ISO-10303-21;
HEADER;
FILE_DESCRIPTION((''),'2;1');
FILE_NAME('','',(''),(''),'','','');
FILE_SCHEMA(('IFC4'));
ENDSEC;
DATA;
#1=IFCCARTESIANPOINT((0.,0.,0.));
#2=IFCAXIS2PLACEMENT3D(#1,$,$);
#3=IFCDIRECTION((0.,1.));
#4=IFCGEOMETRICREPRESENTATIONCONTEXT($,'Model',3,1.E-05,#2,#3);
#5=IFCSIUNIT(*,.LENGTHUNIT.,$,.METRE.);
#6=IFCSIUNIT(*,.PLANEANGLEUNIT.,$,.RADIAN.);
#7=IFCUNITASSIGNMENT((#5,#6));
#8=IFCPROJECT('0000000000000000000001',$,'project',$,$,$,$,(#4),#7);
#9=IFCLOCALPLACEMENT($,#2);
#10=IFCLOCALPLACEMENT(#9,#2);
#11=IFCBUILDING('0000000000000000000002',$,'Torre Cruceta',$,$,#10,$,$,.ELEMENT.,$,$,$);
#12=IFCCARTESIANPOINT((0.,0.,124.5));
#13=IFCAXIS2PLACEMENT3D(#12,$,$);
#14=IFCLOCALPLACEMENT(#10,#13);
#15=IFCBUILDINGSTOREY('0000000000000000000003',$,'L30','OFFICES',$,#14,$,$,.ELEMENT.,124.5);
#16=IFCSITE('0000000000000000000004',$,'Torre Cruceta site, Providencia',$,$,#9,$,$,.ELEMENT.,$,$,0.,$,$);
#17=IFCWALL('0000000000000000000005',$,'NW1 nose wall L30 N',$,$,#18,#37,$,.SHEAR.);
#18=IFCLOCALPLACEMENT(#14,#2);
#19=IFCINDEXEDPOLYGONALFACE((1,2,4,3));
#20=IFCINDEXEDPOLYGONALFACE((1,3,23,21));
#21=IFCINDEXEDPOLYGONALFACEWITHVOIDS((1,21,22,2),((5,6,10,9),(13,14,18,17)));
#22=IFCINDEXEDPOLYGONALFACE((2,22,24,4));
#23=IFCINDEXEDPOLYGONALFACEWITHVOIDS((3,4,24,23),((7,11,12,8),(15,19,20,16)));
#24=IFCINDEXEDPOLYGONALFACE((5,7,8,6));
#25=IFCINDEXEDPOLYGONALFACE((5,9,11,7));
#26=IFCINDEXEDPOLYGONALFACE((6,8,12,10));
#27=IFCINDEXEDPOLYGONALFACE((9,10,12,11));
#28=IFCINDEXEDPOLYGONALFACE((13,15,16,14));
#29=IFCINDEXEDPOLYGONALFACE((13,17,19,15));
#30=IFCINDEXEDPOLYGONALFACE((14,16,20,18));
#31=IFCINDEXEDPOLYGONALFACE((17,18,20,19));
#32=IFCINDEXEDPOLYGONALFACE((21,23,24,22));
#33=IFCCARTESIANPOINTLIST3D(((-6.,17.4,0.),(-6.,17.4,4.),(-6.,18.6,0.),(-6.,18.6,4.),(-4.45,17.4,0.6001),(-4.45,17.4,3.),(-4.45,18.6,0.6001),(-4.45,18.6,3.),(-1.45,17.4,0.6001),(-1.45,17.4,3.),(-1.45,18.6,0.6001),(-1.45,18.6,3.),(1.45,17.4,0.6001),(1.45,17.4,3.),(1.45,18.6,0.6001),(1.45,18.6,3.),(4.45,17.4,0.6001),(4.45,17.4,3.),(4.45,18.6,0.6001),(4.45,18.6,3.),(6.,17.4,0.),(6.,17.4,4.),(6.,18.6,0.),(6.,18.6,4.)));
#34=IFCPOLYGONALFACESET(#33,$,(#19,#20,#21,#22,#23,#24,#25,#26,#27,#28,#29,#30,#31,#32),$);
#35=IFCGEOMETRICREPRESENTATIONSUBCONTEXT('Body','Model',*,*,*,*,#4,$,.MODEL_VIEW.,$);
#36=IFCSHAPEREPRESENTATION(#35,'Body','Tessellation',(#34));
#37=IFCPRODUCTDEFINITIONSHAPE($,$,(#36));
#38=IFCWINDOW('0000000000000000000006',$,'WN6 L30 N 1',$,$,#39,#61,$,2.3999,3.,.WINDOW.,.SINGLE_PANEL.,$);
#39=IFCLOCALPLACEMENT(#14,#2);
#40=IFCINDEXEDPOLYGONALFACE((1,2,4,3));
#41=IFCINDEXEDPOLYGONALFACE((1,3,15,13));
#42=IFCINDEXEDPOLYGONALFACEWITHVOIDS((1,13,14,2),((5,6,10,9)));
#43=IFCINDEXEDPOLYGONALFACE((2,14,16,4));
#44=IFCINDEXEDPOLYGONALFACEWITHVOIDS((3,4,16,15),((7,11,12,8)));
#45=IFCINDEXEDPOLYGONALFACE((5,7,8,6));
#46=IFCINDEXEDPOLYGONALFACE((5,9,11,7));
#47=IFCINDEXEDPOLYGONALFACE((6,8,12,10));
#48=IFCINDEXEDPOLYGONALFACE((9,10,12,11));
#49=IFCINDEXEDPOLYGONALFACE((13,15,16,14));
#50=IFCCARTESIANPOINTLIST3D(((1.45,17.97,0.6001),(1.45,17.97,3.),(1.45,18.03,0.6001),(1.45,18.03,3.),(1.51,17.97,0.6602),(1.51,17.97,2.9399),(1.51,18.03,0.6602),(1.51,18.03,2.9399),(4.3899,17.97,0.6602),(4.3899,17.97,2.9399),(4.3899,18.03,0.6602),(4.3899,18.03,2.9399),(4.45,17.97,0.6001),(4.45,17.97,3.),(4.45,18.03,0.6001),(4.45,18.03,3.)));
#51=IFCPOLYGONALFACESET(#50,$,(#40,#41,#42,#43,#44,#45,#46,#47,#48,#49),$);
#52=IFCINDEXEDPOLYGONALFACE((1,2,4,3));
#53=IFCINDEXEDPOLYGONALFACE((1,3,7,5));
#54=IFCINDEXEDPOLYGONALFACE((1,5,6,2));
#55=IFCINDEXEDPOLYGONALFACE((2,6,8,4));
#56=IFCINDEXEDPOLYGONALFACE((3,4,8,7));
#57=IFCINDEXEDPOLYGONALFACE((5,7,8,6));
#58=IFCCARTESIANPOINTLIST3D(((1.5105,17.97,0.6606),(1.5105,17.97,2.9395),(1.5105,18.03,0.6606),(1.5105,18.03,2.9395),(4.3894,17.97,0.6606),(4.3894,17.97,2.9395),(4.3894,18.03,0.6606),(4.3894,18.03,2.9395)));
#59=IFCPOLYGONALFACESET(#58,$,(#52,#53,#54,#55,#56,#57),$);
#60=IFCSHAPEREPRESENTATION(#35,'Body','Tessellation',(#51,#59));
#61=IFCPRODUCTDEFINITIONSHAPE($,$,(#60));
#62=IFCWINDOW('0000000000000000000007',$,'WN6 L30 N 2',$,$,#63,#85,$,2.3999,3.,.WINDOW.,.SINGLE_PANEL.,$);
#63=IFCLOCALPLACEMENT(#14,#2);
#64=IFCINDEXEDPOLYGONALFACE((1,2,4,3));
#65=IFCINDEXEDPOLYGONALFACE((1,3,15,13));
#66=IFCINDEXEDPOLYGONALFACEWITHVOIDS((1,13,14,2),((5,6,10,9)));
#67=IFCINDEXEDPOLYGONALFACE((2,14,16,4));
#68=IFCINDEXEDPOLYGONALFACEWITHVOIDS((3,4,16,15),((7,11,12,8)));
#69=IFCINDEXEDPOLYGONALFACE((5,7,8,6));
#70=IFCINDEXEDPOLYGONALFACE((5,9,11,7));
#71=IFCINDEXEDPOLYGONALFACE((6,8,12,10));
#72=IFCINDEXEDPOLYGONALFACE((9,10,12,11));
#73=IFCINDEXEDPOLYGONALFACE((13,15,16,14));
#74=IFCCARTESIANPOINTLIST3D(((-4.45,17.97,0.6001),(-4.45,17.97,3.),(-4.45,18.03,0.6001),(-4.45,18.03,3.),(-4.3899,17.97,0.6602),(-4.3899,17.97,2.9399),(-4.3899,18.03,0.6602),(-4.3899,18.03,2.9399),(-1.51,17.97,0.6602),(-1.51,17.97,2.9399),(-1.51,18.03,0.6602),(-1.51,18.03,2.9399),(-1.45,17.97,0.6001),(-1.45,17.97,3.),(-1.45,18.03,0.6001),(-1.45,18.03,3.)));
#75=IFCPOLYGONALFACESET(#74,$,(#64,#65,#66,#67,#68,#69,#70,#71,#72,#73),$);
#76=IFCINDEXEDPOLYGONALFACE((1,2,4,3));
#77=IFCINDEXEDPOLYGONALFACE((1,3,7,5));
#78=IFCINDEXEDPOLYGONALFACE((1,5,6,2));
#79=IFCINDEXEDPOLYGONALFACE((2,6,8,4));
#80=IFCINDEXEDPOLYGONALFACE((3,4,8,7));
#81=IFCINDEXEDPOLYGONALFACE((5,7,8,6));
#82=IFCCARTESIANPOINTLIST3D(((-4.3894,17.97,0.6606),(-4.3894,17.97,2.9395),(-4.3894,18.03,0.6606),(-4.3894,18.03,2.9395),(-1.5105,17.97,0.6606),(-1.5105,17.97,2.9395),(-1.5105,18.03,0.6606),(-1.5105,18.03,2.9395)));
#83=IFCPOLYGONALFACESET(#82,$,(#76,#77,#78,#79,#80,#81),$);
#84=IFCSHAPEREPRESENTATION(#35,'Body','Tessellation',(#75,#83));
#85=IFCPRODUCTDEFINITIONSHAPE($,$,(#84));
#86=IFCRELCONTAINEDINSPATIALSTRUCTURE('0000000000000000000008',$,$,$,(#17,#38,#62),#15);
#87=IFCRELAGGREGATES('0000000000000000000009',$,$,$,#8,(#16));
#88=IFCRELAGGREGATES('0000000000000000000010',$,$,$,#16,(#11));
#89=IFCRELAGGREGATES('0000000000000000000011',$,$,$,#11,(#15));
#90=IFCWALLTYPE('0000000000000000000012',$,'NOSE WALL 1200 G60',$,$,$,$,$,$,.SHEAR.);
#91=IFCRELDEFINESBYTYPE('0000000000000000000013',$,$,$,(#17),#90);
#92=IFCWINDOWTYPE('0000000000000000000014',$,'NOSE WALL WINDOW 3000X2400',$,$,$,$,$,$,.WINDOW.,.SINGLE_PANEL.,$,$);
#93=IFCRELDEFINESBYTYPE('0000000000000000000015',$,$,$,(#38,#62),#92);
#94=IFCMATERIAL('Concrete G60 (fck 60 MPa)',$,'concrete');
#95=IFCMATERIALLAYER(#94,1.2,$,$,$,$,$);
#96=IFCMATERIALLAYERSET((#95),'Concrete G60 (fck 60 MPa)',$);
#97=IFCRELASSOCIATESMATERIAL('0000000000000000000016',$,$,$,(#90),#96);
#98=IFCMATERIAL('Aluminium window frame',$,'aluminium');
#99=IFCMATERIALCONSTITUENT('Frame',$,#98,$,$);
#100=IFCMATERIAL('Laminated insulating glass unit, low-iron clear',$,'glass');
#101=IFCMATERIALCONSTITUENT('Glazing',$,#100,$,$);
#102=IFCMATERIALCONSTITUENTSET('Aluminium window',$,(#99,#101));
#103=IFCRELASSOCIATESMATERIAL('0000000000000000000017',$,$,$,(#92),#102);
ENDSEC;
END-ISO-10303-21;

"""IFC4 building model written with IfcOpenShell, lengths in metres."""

from ifc_helpers import new_model, si_unit, direction, frame, frame_2d, origin, place, context, subcontext, project, spatial, rectangle, hollow_rectangle, extrude, material, layer, layer_set, constituent, constituent_set, type_object, element, fill, save


model = new_model("IFC4")

# Units and contexts
model_context = context("Model", 3, precision=1e-05, world=origin(), true_north=direction((0.0, 1.0)))
body_context = subcontext(model_context, "Body", "Model", "MODEL_VIEW")
ifc_project = project(units=[si_unit("LENGTHUNIT", "METRE"), si_unit("PLANEANGLEUNIT", "RADIAN")], contexts=[model_context])

# Site, building, storey
site_placement = place(None, origin())
site = spatial("IfcSite", under=ifc_project, at=site_placement, Name="Torre Cruceta site, Providencia", CompositionType="ELEMENT", RefElevation=0.0)
building_placement = place(site_placement, origin())
building = spatial("IfcBuilding", under=site, at=building_placement, Name="Torre Cruceta", CompositionType="ELEMENT")
storey_placement = place(building_placement, frame((0.0, 0.0, 124.5)))
storey = spatial("IfcBuildingStorey", under=building, at=storey_placement, Name="L30", Description="OFFICES", CompositionType="ELEMENT", Elevation=124.5)

# Wall, openings, windows
ifc_material_1 = material(Name="Concrete G60 (fck 60 MPa)", Category="concrete")
ifc_layer_1 = layer(ifc_material_1, 1.2)
ifc_layer_set_1 = layer_set([ifc_layer_1], Name="Concrete G60 (fck 60 MPa)")
wall_type_1 = type_object("IfcWallType", Name="NOSE WALL 1200 G60", PredefinedType="SHEAR", material=ifc_layer_set_1)
wall_1_placement = place(storey_placement, frame((6.0, 18.0, 0.0), z_axis=(0.0, 0.0, 1.0), x_axis=(-1.0, 0.0, 0.0)))
wall_1 = element("IfcWall", 1, at=wall_1_placement, inside=storey, type_object=wall_type_1, Name="NW1 nose wall L30 N", PredefinedType="SHEAR", context=body_context, shape_type="SweptSolid", body=[
    extrude(rectangle(XDim=12.0, YDim=1.2, at=frame_2d((6.0, 0.0))), origin(), (0.0, 0.0, 1.0), 4.0),
])
opening_1_placement = place(wall_1_placement, frame((1.55, 0.0, 0.6001)))
opening_1 = element("IfcOpeningElement", 2, at=opening_1_placement, cuts=wall_1, PredefinedType="OPENING", context=body_context, shape_type="SweptSolid", body=[
    extrude(rectangle(XDim=3.0, YDim=2.3999, at=frame_2d((1.5, 1.2))), frame((0.0, 0.6099, 0.0), z_axis=(0.0, -1.0, 0.0), x_axis=(1.0, 0.0, 0.0)), (0.0, 0.0, 1.0), 1.22),
])
opening_2_placement = place(wall_1_placement, frame((7.45, 0.0, 0.6001)))
opening_2 = element("IfcOpeningElement", 3, at=opening_2_placement, cuts=wall_1, PredefinedType="OPENING", context=body_context, shape_type="SweptSolid", body=[
    extrude(rectangle(XDim=3.0, YDim=2.3999, at=frame_2d((1.5, 1.2))), frame((0.0, 0.6099, 0.0), z_axis=(0.0, -1.0, 0.0), x_axis=(1.0, 0.0, 0.0)), (0.0, 0.0, 1.0), 1.22),
])
ifc_material_2 = material(Name="Aluminium window frame", Category="aluminium")
ifc_constituent_1 = constituent(ifc_material_2, Name="Frame")
ifc_material_3 = material(Name="Laminated insulating glass unit, low-iron clear", Category="glass")
ifc_constituent_2 = constituent(ifc_material_3, Name="Glazing")
ifc_constituent_set_1 = constituent_set(constituents=[ifc_constituent_1, ifc_constituent_2], Name="Aluminium window")
window_type = type_object("IfcWindowType", Name="NOSE WALL WINDOW 3000X2400", PartitioningType="SINGLE_PANEL", PredefinedType="WINDOW", material=ifc_constituent_set_1)
window_1_placement = place(opening_1_placement, origin())
window_1 = element("IfcWindow", 4, at=window_1_placement, inside=storey, type_object=window_type, Name="WN6 L30 N 1", OverallHeight=2.3999, OverallWidth=3.0, PartitioningType="SINGLE_PANEL", PredefinedType="WINDOW", context=body_context, shape_type="SweptSolid", body=[
    extrude(hollow_rectangle(XDim=3.0, YDim=2.3999, WallThickness=0.0601, at=frame_2d((1.5, 1.2))), frame((0.0, 0.03, 0.0), z_axis=(0.0, -1.0, 0.0), x_axis=(1.0, 0.0, 0.0)), (0.0, 0.0, 1.0), 0.0601),
    extrude(rectangle(XDim=2.8789, YDim=2.2788, at=frame_2d((1.5, 1.2))), frame((0.0, 0.03, 0.0), z_axis=(0.0, -1.0, 0.0), x_axis=(1.0, 0.0, 0.0)), (0.0, 0.0, 1.0), 0.0601),
])
fill(opening_1, window_1)
window_2_placement = place(opening_2_placement, origin())
window_2 = element("IfcWindow", 5, at=window_2_placement, inside=storey, type_object=window_type, Name="WN6 L30 N 2", OverallHeight=2.3999, OverallWidth=3.0, PartitioningType="SINGLE_PANEL", PredefinedType="WINDOW", context=body_context, shape_type="SweptSolid", body=[
    extrude(hollow_rectangle(XDim=3.0, YDim=2.3999, WallThickness=0.0601, at=frame_2d((1.5, 1.2))), frame((0.0, 0.03, 0.0), z_axis=(0.0, -1.0, 0.0), x_axis=(1.0, 0.0, 0.0)), (0.0, 0.0, 1.0), 0.0601),
    extrude(rectangle(XDim=2.8789, YDim=2.2788, at=frame_2d((1.5, 1.2))), frame((0.0, 0.03, 0.0), z_axis=(0.0, -1.0, 0.0), x_axis=(1.0, 0.0, 0.0)), (0.0, 0.0, 1.0), 0.0601),
])
fill(opening_2, window_2)

save(model, "model.ifc")
